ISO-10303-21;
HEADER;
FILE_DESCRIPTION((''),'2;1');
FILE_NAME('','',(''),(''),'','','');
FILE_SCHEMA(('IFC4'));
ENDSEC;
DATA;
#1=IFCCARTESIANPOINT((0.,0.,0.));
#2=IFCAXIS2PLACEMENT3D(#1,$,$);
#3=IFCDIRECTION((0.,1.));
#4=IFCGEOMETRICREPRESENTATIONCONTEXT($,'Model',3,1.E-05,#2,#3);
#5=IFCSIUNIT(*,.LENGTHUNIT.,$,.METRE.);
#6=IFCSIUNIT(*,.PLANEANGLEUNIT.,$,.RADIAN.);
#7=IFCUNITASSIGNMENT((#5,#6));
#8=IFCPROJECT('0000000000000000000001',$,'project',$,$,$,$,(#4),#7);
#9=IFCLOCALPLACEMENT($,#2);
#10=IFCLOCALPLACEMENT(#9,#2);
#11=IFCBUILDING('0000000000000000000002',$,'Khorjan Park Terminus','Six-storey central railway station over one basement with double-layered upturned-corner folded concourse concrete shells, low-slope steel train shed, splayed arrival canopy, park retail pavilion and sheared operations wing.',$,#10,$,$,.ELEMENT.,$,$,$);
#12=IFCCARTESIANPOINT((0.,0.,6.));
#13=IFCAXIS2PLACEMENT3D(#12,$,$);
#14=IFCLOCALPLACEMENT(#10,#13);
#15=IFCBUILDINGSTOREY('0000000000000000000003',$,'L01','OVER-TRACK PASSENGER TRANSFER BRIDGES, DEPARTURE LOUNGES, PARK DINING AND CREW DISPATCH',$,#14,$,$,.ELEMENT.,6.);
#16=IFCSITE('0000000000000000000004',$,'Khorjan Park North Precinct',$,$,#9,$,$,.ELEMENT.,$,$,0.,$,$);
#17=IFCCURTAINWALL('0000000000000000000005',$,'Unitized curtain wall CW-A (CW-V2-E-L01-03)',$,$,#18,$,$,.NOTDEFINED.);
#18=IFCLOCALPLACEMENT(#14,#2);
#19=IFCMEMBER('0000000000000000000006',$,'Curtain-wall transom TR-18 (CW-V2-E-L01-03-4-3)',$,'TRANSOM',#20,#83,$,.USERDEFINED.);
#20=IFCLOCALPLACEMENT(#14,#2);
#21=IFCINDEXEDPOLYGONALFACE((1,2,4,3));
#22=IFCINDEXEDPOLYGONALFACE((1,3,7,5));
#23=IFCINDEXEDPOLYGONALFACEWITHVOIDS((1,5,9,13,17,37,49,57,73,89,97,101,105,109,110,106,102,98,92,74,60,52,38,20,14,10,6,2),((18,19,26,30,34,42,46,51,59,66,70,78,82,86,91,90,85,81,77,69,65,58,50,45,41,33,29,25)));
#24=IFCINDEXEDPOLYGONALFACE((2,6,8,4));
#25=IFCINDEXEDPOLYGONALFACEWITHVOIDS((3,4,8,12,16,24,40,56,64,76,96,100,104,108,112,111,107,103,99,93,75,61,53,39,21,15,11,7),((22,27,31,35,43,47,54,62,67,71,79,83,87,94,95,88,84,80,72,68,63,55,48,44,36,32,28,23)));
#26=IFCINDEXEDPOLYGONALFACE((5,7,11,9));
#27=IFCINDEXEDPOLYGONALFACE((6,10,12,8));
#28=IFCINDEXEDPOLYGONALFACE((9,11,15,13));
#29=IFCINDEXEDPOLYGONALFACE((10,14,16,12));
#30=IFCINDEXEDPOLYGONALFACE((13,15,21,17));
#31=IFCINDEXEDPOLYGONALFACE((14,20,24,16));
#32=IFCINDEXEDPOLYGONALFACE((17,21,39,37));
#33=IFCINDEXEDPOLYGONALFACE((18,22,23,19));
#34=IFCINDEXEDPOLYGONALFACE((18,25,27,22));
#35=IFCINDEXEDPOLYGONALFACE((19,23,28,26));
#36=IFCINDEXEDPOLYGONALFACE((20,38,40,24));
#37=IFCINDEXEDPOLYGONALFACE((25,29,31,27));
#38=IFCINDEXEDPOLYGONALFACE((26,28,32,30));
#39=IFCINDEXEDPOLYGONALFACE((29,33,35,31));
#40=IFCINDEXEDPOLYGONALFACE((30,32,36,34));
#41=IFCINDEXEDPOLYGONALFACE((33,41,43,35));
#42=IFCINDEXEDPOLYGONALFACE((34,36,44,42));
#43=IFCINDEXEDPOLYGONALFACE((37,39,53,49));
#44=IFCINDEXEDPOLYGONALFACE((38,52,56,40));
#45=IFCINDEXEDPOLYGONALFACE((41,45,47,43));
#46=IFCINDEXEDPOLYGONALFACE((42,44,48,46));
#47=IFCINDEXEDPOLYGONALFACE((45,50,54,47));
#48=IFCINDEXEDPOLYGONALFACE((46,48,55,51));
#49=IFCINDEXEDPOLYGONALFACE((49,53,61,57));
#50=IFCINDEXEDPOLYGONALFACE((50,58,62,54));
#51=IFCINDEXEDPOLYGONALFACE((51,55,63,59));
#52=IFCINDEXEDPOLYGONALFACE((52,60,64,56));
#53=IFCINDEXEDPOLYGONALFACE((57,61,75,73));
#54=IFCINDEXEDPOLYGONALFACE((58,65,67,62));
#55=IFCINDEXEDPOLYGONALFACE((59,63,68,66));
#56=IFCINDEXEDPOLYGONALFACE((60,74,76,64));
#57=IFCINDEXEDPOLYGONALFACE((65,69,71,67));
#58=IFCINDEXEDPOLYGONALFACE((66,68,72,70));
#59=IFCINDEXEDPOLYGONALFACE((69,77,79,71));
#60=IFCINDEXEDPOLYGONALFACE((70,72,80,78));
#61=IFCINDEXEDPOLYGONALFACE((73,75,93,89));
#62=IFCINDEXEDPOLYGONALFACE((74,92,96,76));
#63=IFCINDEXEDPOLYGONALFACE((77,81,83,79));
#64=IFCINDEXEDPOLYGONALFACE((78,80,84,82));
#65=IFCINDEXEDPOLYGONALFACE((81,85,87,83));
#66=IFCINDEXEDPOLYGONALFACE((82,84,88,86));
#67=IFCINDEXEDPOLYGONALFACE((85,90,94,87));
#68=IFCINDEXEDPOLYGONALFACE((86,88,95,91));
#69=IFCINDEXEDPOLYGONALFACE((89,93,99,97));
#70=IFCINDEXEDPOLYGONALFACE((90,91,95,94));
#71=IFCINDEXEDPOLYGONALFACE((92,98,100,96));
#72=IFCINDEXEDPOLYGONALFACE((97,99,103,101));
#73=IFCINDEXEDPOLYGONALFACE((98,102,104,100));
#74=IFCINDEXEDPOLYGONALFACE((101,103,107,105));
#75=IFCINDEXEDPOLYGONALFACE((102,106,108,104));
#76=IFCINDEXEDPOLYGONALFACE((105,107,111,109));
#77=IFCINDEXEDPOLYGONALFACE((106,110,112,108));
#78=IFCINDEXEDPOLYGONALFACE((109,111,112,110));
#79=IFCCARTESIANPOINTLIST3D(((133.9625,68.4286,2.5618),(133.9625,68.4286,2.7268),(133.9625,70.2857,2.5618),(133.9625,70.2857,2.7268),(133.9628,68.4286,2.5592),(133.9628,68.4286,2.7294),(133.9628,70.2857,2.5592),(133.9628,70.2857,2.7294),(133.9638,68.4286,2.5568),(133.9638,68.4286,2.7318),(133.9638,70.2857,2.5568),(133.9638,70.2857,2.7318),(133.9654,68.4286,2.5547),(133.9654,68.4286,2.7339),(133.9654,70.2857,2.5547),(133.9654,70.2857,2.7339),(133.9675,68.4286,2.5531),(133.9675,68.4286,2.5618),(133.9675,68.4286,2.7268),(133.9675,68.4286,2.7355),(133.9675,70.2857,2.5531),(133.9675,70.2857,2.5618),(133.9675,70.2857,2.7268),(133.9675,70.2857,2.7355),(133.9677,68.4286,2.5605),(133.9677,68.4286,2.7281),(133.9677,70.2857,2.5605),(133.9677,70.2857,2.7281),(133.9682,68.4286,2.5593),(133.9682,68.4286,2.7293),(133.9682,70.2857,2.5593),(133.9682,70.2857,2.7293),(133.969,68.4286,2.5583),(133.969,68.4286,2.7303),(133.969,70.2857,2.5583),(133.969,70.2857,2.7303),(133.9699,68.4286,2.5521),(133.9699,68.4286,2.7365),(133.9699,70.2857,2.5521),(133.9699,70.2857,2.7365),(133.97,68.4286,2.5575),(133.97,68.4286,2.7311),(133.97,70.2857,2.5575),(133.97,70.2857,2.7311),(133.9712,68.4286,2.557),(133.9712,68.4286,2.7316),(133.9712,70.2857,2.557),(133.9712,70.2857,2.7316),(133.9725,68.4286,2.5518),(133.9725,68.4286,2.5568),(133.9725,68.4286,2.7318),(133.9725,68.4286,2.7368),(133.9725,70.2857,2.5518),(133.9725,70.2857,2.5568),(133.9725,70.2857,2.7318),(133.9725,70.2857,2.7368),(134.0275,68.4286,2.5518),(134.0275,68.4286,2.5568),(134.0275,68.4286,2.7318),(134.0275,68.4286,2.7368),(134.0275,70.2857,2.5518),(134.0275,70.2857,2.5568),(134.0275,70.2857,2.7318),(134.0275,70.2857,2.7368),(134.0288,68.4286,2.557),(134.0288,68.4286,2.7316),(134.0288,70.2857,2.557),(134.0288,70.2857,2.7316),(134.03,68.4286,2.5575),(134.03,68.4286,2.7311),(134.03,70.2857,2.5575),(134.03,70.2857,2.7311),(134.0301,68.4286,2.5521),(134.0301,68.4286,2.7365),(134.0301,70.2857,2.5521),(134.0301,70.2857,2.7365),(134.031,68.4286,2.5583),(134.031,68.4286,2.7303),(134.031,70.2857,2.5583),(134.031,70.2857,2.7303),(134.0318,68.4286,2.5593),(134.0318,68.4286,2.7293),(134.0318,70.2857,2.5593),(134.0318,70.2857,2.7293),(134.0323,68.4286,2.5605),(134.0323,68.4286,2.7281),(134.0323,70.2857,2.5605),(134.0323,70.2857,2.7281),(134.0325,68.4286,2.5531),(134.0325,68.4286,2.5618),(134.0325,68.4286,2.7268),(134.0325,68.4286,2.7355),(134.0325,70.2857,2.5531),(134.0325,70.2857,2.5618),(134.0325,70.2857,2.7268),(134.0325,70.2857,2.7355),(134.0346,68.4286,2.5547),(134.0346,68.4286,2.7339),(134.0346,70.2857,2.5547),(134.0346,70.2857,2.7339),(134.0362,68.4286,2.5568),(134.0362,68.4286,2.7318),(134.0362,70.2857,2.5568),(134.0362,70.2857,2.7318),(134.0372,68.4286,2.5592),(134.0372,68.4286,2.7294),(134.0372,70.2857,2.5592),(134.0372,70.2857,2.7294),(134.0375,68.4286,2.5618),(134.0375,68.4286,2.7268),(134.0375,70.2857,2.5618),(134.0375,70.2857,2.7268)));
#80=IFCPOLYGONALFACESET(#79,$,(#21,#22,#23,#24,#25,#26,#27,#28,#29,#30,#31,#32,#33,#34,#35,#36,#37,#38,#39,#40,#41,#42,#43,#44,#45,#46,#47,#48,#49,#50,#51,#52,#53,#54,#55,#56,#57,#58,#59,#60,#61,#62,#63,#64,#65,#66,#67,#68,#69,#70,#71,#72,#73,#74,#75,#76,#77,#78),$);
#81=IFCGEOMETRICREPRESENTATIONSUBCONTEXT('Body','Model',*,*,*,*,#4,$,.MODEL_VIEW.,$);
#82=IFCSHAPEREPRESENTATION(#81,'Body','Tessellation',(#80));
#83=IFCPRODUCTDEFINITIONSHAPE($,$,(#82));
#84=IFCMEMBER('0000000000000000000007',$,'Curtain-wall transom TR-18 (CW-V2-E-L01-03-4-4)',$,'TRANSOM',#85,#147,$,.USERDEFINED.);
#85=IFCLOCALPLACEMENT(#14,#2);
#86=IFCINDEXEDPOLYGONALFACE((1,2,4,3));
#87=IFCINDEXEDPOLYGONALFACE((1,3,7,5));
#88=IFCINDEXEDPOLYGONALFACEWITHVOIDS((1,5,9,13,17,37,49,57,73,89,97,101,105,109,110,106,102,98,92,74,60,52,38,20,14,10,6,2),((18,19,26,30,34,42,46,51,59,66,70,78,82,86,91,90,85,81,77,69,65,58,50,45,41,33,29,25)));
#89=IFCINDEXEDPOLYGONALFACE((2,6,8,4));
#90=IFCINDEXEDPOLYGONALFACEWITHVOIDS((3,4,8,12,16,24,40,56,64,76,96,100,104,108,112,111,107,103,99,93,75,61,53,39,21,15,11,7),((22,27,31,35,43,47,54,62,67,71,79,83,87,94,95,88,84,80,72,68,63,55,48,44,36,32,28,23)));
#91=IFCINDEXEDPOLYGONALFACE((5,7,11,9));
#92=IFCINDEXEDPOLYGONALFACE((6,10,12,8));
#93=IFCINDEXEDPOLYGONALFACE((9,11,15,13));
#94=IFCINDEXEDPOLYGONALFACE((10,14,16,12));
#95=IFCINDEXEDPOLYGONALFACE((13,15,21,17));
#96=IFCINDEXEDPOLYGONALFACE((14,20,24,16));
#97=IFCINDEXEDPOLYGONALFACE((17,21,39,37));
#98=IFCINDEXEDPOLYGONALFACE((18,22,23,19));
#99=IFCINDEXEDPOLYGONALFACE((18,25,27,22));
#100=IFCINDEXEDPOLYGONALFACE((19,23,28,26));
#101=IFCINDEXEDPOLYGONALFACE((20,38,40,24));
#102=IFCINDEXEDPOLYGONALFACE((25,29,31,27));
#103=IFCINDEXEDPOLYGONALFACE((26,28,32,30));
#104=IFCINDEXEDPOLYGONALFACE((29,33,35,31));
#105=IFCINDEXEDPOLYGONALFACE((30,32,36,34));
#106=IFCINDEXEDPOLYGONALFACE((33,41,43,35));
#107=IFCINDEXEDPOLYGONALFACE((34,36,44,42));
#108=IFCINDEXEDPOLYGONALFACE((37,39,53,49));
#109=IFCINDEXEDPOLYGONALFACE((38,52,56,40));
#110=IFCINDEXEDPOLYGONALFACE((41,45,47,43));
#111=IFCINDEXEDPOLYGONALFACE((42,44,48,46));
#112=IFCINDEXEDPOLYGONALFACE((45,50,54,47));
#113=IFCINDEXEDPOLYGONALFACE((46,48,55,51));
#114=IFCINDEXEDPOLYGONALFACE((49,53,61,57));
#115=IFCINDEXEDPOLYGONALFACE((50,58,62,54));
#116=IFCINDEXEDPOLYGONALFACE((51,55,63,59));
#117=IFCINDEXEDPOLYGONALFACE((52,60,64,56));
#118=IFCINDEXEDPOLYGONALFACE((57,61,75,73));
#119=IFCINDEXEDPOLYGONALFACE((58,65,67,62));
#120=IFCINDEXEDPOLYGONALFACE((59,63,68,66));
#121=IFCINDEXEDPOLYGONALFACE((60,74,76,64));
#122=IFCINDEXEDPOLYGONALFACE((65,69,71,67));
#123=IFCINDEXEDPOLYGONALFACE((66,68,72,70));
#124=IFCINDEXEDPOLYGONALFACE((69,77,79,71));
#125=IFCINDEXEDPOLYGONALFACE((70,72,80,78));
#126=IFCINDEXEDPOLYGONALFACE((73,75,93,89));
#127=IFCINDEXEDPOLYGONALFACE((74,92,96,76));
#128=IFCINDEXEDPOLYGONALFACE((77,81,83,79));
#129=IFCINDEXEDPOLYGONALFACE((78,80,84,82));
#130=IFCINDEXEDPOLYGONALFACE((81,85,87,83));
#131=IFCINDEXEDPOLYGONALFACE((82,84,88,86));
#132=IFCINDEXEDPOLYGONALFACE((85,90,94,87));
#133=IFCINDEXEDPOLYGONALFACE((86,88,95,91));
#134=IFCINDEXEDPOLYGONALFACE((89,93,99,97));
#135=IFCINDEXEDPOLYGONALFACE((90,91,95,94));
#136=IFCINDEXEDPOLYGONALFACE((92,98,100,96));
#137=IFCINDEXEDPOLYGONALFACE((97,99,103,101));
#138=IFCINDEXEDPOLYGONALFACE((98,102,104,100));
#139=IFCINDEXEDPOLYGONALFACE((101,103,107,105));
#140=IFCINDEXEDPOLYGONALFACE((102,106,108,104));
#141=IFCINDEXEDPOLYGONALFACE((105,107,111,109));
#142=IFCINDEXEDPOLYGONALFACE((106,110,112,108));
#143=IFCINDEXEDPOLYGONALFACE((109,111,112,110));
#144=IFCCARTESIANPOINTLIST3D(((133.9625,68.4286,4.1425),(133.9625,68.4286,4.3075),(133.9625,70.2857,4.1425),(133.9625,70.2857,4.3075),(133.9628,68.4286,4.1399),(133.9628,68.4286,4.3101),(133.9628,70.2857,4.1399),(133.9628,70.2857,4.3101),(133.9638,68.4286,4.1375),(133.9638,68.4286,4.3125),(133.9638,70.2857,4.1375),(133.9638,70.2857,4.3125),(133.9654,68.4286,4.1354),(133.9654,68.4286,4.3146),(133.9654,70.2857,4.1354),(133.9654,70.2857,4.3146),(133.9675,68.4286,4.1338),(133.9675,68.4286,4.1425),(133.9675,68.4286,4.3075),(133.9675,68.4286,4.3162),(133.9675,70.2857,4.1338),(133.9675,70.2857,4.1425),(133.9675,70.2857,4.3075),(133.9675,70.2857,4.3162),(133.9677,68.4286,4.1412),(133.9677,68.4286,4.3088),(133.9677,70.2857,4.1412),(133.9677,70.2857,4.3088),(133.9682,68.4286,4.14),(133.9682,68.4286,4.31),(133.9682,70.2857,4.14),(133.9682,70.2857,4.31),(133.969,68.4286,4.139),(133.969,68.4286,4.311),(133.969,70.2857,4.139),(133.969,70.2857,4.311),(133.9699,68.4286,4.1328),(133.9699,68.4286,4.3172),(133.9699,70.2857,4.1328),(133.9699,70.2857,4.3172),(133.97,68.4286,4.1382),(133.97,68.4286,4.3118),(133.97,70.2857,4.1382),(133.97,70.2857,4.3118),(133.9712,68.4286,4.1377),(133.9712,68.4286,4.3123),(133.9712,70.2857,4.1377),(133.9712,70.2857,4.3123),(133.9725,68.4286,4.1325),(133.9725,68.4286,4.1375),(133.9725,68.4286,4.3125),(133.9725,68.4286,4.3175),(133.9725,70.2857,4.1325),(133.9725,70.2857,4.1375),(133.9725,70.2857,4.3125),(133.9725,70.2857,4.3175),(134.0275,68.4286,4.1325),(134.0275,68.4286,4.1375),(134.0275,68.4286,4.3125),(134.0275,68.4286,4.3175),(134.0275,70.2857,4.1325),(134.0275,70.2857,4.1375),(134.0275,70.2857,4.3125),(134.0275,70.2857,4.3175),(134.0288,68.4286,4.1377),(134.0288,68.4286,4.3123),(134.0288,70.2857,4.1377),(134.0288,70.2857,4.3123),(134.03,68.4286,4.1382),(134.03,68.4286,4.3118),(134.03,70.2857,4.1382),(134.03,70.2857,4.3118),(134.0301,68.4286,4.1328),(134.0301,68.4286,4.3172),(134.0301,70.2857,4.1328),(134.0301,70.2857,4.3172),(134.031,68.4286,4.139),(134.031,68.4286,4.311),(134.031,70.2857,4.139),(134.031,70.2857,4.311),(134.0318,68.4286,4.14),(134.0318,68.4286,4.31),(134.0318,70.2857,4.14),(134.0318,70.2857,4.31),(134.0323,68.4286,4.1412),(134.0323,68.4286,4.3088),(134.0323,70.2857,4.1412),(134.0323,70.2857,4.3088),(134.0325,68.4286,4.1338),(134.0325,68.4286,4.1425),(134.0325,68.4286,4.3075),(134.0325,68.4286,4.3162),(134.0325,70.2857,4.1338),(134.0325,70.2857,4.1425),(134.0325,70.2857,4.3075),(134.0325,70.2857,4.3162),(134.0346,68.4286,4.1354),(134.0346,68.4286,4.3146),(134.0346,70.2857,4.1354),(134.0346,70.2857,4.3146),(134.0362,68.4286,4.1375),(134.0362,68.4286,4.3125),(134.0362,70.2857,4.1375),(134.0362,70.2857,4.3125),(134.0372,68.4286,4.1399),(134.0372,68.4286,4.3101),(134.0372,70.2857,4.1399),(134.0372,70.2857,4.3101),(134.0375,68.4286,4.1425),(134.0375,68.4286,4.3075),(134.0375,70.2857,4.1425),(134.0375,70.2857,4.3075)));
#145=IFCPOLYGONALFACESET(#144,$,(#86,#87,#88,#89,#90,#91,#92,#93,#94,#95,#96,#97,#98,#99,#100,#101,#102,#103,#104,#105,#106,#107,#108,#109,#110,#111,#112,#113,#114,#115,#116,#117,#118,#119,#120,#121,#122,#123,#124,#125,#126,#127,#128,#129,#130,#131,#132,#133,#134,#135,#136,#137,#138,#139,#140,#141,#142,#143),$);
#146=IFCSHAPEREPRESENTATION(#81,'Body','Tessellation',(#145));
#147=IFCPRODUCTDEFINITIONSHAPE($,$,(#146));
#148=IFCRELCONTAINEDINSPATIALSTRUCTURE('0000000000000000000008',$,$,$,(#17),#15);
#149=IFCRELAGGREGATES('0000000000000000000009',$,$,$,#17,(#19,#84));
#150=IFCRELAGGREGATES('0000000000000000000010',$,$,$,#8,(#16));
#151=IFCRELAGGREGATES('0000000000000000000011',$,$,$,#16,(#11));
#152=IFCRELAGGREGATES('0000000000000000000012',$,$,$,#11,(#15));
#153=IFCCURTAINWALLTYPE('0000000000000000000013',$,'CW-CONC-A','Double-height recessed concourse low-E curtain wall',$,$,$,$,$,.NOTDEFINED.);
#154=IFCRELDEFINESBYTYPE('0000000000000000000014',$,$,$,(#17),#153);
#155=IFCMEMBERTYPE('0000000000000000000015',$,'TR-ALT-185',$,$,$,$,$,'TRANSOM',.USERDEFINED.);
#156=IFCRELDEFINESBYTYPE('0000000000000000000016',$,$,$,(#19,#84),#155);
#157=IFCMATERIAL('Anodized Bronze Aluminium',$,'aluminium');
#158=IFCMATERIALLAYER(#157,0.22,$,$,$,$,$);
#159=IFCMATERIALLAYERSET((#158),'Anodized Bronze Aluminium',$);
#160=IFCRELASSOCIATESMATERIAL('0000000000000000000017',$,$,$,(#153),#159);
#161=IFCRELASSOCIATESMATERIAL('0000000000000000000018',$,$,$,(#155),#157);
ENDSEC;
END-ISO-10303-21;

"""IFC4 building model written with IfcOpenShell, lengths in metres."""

from ifc_helpers import new_model, si_unit, direction, frame, origin, origin_2d, place, context, subcontext, project, spatial, hollow_rectangle, extrude, material, layer, layer_set, material_profile, profile_set, type_object, element, aggregate, save


model = new_model("IFC4")

# Units and contexts
model_context = context("Model", 3, precision=1e-05, world=origin(), true_north=direction((0.0, 1.0)))
body_context = subcontext(model_context, "Body", "Model", "MODEL_VIEW")
ifc_project = project(units=[si_unit("LENGTHUNIT", "METRE"), si_unit("PLANEANGLEUNIT", "RADIAN")], contexts=[model_context])

# Site, building, storey
site_placement = place(None, origin())
site = spatial("IfcSite", under=ifc_project, at=site_placement, Name="Khorjan Park North Precinct", CompositionType="ELEMENT", RefElevation=0.0)
building_placement = place(site_placement, origin())
building = spatial("IfcBuilding", under=site, at=building_placement, Name="Khorjan Park Terminus", Description="Six-storey central railway station over one basement with double-layered upturned-corner folded concourse concrete shells, low-slope steel train shed, splayed arrival canopy, park retail pavilion and sheared operations wing.", CompositionType="ELEMENT")
storey_placement = place(building_placement, frame((0.0, 0.0, 6.0)))
storey = spatial("IfcBuildingStorey", under=building, at=storey_placement, Name="L01", Description="OVER-TRACK PASSENGER TRANSFER BRIDGES, DEPARTURE LOUNGES, PARK DINING AND CREW DISPATCH", CompositionType="ELEMENT", Elevation=6.0)

# Shared definitions
ifc_material_1 = material(Name="Anodized Bronze Aluminium", Category="aluminium")
ifc_layer_1 = layer(ifc_material_1, 0.22)
ifc_layer_set_1 = layer_set([ifc_layer_1], Name="Anodized Bronze Aluminium")
curtain_wall_type = type_object("IfcCurtainWallType", Name="CW-CONC-A", Description="Double-height recessed concourse low-E curtain wall", PredefinedType="NOTDEFINED", material=ifc_layer_set_1)

# Curtain wall
curtain_wall_1_placement = place(storey_placement, origin())
curtain_wall_1 = element("IfcCurtainWall", 1, at=curtain_wall_1_placement, inside=storey, type_object=curtain_wall_type, Name="Unitized curtain wall CW-A (CW-V2-E-L01-03)", PredefinedType="NOTDEFINED")

# Members
ifc_material_profile_1 = material_profile(ifc_material_1, hollow_rectangle(XDim=0.075, YDim=0.185, WallThickness=0.005, InnerFilletRadius=0.005, OuterFilletRadius=0.01, at=origin_2d()), Name="ALT 75x185x5")
ifc_profile_set_1 = profile_set([ifc_material_profile_1], Name="Anodized Bronze Aluminium")
member_type_1 = type_object("IfcMemberType", Name="TR-ALT-185", ElementType="TRANSOM", PredefinedType="USERDEFINED", material=ifc_profile_set_1)
member_1_placement = place(storey_placement, frame((134.0, 68.4286, 2.6443), z_axis=(0.0, 1.0, 0.0), x_axis=(-1.0, 0.0, 0.0)))
member_1 = element("IfcMember", 2, at=member_1_placement, type_object=member_type_1, Name="Curtain-wall transom TR-18 (CW-V2-E-L01-03-4-3)", ObjectType="TRANSOM", PredefinedType="USERDEFINED", context=body_context, shape_type="SweptSolid", body=[
    extrude(hollow_rectangle(XDim=0.075, YDim=0.185, WallThickness=0.005, InnerFilletRadius=0.005, OuterFilletRadius=0.01, at=origin_2d()), origin(), (0.0, 0.0, 1.0), 1.8571),
])
member_2_placement = place(storey_placement, frame((134.0, 68.4286, 4.225), z_axis=(0.0, 1.0, 0.0), x_axis=(-1.0, 0.0, 0.0)))
member_2 = element("IfcMember", 3, at=member_2_placement, type_object=member_type_1, Name="Curtain-wall transom TR-18 (CW-V2-E-L01-03-4-4)", ObjectType="TRANSOM", PredefinedType="USERDEFINED", context=body_context, shape_type="SweptSolid", body=[
    extrude(hollow_rectangle(XDim=0.075, YDim=0.185, WallThickness=0.005, InnerFilletRadius=0.005, OuterFilletRadius=0.01, at=origin_2d()), origin(), (0.0, 0.0, 1.0), 1.8571),
])

aggregate(curtain_wall_1, [member_1, member_2])

save(model, "model.ifc")
